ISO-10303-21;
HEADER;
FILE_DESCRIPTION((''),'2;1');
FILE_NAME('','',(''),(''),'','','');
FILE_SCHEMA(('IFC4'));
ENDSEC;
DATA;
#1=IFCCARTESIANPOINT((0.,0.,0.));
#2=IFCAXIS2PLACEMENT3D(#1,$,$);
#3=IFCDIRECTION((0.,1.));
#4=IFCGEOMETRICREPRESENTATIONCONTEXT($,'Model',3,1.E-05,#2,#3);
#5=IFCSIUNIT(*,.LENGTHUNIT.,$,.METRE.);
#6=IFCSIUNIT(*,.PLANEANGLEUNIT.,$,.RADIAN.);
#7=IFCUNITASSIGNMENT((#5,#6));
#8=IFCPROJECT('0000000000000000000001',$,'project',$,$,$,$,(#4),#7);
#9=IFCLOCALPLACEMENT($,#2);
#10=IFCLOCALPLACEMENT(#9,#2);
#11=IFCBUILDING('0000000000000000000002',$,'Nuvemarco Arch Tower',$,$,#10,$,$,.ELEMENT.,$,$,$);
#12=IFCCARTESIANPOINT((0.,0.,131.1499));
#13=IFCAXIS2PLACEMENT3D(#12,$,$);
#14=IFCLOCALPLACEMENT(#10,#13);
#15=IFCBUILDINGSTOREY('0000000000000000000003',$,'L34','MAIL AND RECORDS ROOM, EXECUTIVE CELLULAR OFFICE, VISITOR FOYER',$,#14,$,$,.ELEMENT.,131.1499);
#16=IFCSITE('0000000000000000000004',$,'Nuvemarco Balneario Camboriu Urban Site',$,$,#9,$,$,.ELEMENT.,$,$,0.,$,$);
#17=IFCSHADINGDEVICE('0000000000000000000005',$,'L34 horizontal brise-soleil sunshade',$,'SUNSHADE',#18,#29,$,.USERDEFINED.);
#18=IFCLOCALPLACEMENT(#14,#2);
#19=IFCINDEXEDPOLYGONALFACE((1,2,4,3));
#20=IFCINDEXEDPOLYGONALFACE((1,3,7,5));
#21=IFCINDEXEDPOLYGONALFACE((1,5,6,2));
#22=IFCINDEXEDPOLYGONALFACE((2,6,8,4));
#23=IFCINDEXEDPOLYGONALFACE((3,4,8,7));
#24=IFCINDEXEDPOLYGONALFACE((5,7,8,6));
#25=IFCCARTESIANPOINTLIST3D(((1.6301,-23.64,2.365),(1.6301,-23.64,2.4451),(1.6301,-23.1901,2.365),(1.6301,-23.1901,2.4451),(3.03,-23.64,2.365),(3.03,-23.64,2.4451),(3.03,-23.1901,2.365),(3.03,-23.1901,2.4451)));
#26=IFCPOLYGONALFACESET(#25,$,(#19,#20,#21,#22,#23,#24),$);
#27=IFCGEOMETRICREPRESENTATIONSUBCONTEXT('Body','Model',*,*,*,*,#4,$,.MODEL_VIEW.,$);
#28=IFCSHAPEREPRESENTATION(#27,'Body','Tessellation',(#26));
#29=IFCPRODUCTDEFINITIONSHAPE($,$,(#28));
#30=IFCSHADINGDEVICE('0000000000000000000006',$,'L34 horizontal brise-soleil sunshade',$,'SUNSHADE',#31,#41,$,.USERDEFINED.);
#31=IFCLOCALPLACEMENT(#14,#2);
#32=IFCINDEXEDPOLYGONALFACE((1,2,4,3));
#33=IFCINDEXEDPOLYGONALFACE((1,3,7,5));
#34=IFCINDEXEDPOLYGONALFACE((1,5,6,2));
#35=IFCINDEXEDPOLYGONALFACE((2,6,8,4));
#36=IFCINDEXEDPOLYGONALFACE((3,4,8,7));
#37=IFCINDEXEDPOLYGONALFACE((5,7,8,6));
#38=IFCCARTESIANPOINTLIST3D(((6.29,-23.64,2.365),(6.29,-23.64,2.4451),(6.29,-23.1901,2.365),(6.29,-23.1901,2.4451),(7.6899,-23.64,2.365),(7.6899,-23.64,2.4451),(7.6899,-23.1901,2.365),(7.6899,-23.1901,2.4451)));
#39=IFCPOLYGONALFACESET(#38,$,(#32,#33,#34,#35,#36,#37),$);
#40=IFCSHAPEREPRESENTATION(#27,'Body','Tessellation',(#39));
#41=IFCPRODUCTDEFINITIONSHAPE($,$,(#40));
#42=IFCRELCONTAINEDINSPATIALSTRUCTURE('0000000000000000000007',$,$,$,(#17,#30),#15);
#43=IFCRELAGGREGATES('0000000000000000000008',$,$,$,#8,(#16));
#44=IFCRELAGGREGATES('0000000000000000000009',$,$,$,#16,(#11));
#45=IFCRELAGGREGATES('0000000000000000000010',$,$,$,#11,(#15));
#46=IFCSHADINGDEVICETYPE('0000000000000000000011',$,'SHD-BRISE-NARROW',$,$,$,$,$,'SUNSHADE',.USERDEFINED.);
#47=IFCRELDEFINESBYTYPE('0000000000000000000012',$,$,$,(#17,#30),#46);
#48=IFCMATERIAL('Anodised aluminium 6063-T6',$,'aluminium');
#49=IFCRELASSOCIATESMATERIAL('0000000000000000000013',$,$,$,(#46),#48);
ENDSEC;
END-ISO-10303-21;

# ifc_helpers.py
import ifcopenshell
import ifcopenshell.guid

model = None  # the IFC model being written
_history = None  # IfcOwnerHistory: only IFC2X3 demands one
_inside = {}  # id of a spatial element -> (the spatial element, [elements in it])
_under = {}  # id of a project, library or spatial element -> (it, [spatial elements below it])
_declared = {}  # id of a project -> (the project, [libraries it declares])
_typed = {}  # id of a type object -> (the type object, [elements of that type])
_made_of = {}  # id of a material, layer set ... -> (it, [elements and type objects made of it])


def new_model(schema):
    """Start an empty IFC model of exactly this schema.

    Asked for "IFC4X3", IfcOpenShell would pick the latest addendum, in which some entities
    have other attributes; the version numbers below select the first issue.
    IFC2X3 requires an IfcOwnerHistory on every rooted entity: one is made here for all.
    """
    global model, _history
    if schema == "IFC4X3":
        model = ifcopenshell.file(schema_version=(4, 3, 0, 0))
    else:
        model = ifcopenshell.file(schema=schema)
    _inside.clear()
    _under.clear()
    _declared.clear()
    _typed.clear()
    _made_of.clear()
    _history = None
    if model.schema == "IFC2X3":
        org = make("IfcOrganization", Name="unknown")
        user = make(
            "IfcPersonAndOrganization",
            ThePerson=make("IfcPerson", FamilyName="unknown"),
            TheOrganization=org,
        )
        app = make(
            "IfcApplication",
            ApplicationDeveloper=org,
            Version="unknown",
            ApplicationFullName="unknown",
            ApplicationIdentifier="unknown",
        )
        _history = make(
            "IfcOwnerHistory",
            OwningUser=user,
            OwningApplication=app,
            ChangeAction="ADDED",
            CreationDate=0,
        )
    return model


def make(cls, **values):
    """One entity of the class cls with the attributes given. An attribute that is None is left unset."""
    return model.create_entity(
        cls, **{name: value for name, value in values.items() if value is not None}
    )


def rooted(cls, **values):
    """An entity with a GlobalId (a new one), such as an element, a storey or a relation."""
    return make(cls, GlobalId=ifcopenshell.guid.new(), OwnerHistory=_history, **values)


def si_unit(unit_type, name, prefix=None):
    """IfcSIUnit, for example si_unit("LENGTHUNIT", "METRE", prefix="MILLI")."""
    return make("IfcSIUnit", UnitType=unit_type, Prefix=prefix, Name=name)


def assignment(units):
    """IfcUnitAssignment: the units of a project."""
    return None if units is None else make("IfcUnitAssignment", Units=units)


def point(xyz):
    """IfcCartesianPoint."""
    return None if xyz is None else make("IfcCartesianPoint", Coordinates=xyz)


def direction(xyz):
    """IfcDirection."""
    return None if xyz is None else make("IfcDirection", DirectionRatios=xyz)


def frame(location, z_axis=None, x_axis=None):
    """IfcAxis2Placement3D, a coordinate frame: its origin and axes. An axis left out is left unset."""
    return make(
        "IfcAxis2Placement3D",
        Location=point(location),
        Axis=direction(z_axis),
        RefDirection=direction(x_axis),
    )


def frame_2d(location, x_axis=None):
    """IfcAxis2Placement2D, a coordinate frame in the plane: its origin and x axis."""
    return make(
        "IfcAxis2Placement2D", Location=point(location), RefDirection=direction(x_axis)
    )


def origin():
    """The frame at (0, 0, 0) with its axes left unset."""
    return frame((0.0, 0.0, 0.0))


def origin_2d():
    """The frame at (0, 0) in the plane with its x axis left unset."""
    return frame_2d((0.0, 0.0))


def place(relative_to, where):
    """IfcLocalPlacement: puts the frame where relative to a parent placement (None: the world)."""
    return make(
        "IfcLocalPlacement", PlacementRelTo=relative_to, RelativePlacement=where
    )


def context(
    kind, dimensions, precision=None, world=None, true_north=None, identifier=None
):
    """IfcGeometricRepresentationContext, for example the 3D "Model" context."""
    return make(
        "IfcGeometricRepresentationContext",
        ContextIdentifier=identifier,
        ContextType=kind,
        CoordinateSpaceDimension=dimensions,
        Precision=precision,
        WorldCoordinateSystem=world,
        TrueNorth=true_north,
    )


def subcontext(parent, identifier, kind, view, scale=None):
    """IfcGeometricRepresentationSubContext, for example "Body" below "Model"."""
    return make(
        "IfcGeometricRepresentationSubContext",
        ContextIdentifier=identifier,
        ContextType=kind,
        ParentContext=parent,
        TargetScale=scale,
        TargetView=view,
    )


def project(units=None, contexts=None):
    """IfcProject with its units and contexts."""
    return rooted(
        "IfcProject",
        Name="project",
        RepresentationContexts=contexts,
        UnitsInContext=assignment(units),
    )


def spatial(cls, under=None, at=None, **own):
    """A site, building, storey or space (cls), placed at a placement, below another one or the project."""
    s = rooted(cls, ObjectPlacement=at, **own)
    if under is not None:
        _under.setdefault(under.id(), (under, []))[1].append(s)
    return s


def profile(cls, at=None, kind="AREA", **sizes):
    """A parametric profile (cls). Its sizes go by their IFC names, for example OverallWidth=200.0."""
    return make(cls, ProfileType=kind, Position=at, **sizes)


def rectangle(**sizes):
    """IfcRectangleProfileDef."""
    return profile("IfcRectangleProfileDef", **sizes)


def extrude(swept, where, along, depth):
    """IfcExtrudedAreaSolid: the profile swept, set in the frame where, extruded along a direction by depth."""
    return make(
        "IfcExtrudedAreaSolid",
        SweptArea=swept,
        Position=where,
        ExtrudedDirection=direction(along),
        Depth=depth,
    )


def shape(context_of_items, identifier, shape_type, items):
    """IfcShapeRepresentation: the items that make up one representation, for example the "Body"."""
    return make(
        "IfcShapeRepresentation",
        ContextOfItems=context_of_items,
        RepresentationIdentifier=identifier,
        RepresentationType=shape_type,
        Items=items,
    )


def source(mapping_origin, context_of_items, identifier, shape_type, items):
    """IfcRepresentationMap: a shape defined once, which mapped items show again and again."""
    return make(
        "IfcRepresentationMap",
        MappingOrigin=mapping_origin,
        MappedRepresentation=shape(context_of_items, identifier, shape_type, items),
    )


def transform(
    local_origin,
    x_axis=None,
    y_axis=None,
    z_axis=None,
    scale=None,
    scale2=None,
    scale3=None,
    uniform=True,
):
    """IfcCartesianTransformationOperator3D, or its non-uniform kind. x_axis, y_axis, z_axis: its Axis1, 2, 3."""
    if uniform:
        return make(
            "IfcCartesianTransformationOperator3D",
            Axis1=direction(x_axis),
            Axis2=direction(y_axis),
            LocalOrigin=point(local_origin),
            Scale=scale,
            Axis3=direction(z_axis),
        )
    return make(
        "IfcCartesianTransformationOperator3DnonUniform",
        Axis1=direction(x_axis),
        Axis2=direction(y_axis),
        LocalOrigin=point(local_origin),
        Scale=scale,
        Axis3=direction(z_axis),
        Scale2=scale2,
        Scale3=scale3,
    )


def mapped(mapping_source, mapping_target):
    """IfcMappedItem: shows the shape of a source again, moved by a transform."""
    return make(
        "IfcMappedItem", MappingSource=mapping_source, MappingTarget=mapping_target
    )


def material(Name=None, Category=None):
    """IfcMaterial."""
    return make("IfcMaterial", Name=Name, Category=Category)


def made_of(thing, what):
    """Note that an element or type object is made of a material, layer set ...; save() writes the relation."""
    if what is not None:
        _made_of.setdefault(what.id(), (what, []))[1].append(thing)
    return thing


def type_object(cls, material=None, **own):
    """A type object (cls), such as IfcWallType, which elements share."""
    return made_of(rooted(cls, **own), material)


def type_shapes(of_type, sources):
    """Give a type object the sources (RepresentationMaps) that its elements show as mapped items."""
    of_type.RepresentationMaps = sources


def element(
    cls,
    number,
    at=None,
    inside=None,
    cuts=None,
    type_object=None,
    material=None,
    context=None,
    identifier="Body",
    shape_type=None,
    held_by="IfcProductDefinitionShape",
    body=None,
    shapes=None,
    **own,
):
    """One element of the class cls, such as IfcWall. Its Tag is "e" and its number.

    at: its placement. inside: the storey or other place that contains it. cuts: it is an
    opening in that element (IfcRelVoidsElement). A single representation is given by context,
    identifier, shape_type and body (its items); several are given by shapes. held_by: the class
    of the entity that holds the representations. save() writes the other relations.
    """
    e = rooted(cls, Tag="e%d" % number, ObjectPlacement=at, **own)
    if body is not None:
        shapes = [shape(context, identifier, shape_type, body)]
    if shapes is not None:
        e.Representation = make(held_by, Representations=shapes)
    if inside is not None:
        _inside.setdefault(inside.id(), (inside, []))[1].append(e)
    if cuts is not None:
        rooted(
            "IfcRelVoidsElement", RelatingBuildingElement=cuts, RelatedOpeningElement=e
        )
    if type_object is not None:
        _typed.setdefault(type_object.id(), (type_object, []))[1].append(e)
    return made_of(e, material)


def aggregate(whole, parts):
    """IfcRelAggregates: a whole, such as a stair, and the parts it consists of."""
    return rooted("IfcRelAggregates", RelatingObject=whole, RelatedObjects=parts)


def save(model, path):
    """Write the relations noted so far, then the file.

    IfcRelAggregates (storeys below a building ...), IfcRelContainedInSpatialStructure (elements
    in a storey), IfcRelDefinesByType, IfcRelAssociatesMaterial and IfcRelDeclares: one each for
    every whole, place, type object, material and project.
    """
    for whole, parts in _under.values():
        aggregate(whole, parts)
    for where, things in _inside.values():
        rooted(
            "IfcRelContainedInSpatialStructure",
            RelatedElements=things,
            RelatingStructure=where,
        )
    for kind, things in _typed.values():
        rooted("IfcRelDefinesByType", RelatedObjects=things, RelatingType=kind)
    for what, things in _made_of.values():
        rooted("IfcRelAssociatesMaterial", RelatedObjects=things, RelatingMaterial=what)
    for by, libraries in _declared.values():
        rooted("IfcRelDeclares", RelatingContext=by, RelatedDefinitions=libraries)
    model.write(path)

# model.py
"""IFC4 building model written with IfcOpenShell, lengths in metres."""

from ifc_helpers import new_model, si_unit, direction, frame, origin, origin_2d, place, context, subcontext, project, spatial, rectangle, extrude, source, transform, mapped, material, type_object, type_shapes, element, save


model = new_model("IFC4")

# Units and contexts
model_context = context("Model", 3, precision=1e-05, world=origin(), true_north=direction((0.0, 1.0)))
body_context = subcontext(model_context, "Body", "Model", "MODEL_VIEW")
ifc_project = project(units=[si_unit("LENGTHUNIT", "METRE"), si_unit("PLANEANGLEUNIT", "RADIAN")], contexts=[model_context])

# Site, building, storey
site_placement = place(None, origin())
site = spatial("IfcSite", under=ifc_project, at=site_placement, Name="Nuvemarco Balneario Camboriu Urban Site", CompositionType="ELEMENT", RefElevation=0.0)
building_placement = place(site_placement, origin())
building = spatial("IfcBuilding", under=site, at=building_placement, Name="Nuvemarco Arch Tower", CompositionType="ELEMENT")
storey_placement = place(building_placement, frame((0.0, 0.0, 131.1499)))
storey = spatial("IfcBuildingStorey", under=building, at=storey_placement, Name="L34", Description="MAIL AND RECORDS ROOM, EXECUTIVE CELLULAR OFFICE, VISITOR FOYER", CompositionType="ELEMENT", Elevation=131.1499)

# Shading devices
ifc_material_1 = material(Name="Anodised aluminium 6063-T6", Category="aluminium")
shading_device_type = type_object("IfcShadingDeviceType", Name="SHD-BRISE-NARROW", ElementType="SUNSHADE", PredefinedType="USERDEFINED", material=ifc_material_1)
shared_shape_1 = source(origin(), body_context, "Body", "SweptSolid", [
    extrude(rectangle(XDim=1.3999, YDim=0.45, at=origin_2d()), origin(), (0.0, 0.0, 1.0), 0.0801),
])
type_shapes(shading_device_type, [shared_shape_1])
for number, where, z_axis, x_axis, name in (
    (1, (2.3301, -23.415, 2.365), (0.0, 0.0, 1.0), (1.0, 0.0, 0.0), "L34 horizontal brise-soleil sunshade"),
    (2, (6.99, -23.415, 2.365), (0.0, 0.0, 1.0), (1.0, 0.0, 0.0), "L34 horizontal brise-soleil sunshade"),
):
    element("IfcShadingDevice", number, at=place(storey_placement, frame(where, z_axis=z_axis, x_axis=x_axis)), inside=storey, type_object=shading_device_type, Name=name, ObjectType="SUNSHADE", PredefinedType="USERDEFINED", context=body_context, shape_type="MappedRepresentation", body=[
        mapped(shared_shape_1, transform((0.0, 0.0, 0.0), scale=1.0)),
    ])

save(model, "model.ifc")
